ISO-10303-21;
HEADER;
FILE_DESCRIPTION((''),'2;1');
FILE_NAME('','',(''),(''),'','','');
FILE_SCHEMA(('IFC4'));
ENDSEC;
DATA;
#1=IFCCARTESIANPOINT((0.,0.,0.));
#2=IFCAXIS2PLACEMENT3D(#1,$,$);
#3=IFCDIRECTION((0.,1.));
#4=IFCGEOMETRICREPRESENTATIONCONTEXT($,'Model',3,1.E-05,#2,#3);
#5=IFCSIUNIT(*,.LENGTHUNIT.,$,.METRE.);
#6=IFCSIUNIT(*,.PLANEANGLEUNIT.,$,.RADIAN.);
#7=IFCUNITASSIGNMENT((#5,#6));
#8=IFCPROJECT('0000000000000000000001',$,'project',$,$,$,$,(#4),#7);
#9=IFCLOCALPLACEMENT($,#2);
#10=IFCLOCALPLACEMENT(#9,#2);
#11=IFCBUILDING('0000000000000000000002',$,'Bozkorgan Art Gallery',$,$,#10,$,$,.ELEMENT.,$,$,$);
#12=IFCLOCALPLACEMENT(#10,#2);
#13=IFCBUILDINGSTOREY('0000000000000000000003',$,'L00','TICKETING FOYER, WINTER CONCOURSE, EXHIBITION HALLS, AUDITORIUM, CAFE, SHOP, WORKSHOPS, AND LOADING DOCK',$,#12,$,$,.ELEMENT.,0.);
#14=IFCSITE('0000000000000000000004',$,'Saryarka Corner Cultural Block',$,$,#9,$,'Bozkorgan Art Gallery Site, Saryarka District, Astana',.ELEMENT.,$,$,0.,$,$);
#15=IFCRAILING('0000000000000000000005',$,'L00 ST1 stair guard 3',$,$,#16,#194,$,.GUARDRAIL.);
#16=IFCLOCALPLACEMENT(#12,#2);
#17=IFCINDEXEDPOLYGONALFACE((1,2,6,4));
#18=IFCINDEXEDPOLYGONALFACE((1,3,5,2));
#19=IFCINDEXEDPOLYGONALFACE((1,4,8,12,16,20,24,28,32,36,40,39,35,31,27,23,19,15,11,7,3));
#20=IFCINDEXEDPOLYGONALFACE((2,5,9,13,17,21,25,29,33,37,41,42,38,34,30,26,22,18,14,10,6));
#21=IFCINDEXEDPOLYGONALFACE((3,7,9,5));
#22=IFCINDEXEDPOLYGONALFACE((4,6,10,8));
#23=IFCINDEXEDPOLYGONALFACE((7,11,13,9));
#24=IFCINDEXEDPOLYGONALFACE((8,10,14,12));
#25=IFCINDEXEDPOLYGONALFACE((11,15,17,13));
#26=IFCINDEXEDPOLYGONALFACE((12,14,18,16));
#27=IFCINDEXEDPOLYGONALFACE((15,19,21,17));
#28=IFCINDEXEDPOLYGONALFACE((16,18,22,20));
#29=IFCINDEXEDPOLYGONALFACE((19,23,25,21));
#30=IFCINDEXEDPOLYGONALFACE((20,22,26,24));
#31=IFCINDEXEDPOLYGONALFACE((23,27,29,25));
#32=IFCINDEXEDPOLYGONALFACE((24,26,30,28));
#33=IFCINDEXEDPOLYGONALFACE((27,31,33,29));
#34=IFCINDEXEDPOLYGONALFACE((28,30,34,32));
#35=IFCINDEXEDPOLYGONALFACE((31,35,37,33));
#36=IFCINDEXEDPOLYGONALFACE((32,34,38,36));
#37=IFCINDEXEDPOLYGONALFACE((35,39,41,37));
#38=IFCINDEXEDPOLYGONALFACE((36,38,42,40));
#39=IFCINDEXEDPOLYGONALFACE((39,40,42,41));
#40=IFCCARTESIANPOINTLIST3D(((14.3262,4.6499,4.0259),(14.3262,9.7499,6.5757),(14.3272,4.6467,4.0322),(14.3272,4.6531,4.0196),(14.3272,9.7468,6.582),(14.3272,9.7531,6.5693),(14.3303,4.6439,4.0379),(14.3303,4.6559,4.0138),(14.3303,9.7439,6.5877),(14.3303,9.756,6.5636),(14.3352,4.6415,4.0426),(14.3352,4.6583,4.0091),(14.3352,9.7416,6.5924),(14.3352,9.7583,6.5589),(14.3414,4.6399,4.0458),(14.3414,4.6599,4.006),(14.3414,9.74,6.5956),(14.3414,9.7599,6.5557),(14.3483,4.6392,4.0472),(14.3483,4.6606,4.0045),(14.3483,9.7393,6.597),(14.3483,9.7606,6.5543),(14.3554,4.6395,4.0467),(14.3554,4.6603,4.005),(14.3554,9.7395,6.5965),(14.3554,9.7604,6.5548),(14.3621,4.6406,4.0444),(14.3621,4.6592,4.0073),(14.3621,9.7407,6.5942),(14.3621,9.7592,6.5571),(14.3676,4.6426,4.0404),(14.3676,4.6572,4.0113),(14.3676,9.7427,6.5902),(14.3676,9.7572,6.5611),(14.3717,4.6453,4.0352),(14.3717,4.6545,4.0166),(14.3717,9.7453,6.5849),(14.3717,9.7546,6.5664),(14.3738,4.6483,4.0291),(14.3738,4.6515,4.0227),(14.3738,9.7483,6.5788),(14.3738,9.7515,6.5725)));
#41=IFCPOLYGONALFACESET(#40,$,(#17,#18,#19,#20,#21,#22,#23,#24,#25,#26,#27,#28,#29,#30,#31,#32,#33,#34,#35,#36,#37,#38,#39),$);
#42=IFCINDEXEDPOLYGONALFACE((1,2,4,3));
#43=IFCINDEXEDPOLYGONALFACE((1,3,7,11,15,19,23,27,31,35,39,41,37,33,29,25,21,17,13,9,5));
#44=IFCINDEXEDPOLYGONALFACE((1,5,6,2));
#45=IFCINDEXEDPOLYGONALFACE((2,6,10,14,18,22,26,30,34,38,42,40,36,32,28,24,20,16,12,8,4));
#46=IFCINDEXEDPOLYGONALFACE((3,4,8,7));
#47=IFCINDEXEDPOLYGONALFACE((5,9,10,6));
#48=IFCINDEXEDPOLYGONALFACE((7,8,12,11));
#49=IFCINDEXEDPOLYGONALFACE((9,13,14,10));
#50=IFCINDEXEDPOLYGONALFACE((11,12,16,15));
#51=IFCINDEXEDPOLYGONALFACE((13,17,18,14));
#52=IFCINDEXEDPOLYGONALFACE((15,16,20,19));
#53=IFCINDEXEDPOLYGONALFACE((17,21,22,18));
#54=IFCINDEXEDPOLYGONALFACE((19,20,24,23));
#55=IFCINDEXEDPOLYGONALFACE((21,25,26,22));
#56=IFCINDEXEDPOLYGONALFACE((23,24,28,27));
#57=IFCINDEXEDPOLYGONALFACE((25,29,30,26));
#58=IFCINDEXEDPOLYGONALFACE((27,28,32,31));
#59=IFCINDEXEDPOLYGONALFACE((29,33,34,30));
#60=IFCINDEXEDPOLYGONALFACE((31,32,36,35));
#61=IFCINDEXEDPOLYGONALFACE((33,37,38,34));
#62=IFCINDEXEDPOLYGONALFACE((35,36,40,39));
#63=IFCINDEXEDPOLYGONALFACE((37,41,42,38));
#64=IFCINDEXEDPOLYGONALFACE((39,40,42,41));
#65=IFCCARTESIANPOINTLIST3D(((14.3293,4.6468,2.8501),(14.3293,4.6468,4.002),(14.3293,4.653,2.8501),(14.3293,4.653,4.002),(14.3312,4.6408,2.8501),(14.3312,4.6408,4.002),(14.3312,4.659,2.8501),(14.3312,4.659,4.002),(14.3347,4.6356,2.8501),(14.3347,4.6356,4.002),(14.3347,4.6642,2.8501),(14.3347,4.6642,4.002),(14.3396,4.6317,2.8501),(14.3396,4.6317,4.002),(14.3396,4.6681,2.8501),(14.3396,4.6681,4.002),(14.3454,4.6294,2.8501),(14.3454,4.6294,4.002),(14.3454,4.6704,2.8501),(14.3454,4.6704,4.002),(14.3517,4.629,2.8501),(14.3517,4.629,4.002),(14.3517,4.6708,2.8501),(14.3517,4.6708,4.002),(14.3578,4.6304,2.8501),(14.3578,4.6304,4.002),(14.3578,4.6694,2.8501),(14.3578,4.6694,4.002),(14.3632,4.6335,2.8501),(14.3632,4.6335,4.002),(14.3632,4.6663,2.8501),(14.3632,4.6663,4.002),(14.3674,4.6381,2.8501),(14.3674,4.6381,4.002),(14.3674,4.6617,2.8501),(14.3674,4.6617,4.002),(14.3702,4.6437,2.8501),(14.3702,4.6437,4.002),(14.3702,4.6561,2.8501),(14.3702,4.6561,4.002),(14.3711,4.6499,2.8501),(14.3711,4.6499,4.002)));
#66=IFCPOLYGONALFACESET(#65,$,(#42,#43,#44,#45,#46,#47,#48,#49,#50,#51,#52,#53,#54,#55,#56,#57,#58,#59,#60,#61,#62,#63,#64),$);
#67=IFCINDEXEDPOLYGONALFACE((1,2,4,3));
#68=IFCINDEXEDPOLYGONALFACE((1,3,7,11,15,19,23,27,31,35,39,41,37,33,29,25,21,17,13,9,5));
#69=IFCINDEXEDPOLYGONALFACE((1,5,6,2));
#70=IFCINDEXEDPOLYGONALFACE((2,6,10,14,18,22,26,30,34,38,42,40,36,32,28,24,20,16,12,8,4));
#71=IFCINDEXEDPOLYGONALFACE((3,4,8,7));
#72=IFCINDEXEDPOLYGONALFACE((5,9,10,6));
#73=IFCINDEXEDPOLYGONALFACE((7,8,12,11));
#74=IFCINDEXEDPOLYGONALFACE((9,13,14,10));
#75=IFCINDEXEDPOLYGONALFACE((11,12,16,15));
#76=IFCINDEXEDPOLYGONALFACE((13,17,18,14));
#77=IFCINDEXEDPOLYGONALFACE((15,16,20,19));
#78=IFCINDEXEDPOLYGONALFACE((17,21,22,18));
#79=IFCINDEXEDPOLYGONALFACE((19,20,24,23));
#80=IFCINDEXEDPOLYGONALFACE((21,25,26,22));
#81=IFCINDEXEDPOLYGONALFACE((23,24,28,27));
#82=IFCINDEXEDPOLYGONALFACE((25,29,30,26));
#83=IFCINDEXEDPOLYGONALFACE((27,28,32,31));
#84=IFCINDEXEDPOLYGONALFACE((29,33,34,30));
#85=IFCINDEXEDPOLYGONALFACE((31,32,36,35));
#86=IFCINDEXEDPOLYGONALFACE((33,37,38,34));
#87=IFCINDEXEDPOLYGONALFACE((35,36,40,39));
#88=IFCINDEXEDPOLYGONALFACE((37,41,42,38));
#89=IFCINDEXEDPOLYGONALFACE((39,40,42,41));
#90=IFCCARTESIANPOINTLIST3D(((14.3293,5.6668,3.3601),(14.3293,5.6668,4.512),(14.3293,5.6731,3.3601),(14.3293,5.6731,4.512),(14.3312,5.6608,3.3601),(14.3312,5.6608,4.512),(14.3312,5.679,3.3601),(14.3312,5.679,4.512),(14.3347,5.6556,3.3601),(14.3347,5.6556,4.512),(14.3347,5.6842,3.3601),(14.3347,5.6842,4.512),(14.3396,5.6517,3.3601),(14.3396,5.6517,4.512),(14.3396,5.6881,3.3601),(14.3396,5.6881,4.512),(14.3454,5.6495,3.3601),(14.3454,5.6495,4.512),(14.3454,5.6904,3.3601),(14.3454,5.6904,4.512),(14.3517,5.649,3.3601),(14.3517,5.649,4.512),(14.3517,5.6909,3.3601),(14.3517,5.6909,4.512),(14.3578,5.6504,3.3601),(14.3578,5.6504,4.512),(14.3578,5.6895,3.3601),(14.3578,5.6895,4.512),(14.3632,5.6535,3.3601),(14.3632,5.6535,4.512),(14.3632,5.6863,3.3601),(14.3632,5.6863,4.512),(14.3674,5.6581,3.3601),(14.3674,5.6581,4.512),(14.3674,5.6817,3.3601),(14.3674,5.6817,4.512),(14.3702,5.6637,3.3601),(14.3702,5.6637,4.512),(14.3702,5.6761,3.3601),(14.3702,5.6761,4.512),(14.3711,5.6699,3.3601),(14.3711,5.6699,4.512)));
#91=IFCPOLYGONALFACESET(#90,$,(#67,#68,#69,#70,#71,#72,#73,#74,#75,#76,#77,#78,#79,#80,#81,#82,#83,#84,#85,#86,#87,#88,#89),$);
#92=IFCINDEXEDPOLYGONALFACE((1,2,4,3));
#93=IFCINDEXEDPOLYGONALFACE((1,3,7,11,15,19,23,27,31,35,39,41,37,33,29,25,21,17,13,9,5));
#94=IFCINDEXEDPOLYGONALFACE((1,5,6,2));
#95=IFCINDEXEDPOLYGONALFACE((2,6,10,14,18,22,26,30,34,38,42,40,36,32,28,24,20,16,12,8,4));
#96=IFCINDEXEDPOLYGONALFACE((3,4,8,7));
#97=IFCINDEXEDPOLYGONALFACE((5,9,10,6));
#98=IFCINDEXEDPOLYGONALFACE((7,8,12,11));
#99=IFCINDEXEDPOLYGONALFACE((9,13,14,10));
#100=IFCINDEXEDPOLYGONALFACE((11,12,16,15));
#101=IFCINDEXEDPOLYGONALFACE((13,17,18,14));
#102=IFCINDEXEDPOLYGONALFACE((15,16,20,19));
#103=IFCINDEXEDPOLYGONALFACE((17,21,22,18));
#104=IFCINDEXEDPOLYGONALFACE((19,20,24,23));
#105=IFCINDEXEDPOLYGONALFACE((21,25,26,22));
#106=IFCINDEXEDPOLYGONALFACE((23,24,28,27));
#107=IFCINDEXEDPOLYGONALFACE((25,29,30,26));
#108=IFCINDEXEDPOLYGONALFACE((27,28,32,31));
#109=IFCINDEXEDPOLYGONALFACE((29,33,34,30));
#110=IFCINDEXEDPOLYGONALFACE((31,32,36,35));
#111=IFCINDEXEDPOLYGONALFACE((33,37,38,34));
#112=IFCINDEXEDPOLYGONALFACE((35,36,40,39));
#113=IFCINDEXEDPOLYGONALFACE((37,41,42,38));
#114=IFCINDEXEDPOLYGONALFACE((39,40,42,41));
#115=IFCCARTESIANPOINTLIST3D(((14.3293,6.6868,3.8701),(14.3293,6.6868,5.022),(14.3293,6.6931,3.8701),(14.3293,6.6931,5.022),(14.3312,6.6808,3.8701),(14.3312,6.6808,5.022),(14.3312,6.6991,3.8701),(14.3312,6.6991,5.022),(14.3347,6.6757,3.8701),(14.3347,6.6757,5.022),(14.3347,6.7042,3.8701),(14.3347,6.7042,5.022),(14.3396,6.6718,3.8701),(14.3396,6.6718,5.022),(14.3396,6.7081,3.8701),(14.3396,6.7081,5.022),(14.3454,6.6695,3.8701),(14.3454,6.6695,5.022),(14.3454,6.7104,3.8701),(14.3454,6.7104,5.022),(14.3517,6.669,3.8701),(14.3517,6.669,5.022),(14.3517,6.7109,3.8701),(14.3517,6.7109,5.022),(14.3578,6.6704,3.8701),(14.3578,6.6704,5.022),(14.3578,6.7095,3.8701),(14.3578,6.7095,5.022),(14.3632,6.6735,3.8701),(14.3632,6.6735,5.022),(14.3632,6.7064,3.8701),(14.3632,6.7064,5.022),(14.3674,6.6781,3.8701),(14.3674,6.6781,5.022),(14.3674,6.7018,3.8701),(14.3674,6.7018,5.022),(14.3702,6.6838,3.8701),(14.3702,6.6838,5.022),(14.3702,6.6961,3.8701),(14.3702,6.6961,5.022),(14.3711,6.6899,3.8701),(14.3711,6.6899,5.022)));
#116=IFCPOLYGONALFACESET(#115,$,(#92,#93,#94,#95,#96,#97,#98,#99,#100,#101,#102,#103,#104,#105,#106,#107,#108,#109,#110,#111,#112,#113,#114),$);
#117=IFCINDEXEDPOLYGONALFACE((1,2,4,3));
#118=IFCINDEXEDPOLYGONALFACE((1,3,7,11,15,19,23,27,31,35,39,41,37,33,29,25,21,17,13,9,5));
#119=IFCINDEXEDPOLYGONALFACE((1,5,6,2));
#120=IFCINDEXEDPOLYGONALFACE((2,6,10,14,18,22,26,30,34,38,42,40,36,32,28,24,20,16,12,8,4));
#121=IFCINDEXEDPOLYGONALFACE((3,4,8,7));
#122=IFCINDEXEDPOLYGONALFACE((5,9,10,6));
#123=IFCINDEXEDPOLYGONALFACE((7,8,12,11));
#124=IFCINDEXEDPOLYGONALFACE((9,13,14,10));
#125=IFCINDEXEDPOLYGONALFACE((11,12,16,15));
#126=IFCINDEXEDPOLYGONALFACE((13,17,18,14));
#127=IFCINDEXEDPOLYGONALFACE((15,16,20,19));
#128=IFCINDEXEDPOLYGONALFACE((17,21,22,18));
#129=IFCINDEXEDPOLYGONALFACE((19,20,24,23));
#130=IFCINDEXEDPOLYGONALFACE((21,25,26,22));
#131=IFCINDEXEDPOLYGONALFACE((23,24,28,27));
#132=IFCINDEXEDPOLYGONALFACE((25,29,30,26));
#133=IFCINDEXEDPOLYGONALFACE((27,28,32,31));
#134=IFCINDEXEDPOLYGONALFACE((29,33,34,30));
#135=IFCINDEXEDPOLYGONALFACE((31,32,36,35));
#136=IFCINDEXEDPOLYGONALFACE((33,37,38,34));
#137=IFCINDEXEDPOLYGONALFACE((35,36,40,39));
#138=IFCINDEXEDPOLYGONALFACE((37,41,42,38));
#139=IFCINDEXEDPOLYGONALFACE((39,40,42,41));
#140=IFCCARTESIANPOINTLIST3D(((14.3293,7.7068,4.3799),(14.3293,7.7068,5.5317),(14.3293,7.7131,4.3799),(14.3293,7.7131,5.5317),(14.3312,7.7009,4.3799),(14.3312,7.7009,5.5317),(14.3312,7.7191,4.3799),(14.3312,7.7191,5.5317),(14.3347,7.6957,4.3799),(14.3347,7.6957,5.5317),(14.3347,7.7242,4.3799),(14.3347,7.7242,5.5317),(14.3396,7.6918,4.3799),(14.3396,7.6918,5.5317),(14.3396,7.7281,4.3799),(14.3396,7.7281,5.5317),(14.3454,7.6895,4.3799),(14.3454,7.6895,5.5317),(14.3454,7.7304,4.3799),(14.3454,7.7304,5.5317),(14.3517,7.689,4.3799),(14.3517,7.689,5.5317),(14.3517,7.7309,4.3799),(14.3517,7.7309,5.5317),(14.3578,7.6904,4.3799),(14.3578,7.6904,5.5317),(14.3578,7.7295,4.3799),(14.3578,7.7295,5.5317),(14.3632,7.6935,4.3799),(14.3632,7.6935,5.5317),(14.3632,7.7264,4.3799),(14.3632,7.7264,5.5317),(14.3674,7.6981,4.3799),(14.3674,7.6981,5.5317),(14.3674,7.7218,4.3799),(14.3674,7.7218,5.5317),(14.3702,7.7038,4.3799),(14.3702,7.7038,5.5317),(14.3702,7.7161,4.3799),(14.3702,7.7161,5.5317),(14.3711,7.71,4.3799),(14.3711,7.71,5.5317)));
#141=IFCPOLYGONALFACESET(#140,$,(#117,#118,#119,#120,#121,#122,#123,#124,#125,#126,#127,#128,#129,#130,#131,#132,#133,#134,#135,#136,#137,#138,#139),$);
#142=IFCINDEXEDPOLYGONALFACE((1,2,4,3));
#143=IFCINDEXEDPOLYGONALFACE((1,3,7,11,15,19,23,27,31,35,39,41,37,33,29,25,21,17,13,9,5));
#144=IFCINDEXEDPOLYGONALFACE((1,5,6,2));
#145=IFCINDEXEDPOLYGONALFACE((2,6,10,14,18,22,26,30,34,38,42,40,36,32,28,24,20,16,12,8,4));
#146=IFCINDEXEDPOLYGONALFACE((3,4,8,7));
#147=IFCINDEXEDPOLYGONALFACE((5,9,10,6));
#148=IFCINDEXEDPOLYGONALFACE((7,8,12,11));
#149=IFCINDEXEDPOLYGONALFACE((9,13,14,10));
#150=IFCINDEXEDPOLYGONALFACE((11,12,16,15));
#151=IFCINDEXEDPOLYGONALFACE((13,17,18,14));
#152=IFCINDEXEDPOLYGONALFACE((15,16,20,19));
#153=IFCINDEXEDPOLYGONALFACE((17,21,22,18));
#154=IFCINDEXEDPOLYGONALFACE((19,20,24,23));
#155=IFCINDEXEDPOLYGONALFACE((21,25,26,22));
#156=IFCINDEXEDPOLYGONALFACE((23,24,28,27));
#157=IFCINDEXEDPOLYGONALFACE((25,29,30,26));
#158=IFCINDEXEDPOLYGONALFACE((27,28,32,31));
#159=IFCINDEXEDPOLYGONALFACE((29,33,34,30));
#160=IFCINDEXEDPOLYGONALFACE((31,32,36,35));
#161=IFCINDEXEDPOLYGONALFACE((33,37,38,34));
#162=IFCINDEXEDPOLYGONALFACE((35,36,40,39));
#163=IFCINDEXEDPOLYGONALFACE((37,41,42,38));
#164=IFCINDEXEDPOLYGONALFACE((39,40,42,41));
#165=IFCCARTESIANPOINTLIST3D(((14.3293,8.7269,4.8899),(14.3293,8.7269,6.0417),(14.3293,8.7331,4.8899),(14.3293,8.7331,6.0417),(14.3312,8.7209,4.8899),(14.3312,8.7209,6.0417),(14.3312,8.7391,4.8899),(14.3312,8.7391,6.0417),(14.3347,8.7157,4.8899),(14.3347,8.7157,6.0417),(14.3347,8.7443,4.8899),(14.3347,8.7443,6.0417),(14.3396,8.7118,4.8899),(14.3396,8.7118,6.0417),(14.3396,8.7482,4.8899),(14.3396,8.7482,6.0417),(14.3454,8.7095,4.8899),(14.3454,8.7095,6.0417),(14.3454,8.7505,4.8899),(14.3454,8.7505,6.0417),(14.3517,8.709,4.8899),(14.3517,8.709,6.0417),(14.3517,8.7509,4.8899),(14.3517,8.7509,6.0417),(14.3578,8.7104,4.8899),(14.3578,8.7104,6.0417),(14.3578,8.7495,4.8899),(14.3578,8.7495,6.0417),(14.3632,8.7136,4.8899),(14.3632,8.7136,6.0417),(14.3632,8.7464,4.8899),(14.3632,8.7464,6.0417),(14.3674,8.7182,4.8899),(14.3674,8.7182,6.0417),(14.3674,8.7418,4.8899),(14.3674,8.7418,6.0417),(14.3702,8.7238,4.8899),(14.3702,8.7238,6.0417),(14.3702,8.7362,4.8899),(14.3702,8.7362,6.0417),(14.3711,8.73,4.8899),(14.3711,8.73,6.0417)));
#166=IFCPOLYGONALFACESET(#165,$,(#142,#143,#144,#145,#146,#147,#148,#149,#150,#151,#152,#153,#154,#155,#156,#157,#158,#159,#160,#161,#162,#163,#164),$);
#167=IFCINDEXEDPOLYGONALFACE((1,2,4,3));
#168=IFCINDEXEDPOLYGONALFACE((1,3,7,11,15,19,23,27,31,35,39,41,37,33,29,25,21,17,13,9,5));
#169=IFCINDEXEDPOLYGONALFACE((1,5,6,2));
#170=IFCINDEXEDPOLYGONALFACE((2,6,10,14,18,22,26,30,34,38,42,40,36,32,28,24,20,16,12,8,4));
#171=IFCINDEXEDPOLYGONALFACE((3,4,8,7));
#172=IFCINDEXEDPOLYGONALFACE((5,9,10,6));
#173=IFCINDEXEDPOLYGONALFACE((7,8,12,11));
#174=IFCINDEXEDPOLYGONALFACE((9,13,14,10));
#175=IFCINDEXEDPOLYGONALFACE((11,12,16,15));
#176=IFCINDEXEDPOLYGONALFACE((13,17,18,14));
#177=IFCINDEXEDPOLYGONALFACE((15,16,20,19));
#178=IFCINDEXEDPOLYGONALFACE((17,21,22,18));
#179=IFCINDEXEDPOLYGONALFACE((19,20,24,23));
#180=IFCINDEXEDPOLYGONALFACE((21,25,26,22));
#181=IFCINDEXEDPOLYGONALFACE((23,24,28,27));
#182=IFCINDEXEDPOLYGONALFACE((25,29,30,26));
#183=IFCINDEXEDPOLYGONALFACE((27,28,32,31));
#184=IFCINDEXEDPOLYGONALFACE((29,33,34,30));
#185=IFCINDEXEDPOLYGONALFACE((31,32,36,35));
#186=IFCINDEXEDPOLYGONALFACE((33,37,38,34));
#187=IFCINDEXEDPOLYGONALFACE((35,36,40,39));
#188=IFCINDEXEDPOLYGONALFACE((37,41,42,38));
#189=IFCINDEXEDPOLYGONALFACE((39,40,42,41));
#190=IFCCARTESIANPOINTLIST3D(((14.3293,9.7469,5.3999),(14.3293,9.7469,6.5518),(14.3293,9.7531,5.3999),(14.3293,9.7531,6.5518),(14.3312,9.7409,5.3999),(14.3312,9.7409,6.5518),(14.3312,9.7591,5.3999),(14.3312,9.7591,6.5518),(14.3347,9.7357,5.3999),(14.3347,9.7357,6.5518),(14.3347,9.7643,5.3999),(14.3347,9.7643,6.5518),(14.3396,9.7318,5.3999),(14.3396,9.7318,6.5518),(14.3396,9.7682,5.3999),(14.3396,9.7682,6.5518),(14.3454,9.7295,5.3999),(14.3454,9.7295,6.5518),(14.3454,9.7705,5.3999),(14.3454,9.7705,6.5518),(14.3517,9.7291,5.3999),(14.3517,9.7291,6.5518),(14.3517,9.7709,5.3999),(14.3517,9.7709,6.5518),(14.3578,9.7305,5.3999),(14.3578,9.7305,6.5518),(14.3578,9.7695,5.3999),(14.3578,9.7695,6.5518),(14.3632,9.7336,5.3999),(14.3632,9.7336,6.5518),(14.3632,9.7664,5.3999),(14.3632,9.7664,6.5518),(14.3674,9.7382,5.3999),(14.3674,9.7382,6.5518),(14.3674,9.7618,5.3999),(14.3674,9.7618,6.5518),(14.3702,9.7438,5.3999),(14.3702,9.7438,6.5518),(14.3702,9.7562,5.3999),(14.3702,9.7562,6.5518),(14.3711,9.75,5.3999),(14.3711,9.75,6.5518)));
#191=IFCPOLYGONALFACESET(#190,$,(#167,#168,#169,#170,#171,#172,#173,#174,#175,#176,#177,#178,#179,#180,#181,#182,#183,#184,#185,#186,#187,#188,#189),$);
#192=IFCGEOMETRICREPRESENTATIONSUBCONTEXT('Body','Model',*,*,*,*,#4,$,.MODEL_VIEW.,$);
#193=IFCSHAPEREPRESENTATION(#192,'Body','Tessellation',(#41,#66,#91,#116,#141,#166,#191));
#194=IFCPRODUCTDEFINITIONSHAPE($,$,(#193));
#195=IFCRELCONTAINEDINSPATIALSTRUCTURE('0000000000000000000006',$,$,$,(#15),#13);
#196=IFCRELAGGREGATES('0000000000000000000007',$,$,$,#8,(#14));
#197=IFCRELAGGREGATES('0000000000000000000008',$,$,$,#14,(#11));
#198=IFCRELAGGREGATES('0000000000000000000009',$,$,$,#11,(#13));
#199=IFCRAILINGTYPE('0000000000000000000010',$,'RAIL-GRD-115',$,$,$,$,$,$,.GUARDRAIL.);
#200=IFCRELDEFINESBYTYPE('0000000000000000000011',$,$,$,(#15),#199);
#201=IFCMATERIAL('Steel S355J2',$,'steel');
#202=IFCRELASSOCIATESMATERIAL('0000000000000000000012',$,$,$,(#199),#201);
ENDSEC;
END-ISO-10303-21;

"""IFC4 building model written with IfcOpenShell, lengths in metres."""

from ifc_helpers import new_model, si_unit, direction, frame, origin, origin_2d, place, context, subcontext, project, spatial, circle, extrude, material, type_object, element, save


model = new_model("IFC4")

# Units and contexts
model_context = context("Model", 3, precision=1e-05, world=origin(), true_north=direction((0.0, 1.0)))
body_context = subcontext(model_context, "Body", "Model", "MODEL_VIEW")
ifc_project = project(units=[si_unit("LENGTHUNIT", "METRE"), si_unit("PLANEANGLEUNIT", "RADIAN")], contexts=[model_context])

# Site, building, storey
site_placement = place(None, origin())
site = spatial("IfcSite", under=ifc_project, at=site_placement, Name="Saryarka Corner Cultural Block", LongName="Bozkorgan Art Gallery Site, Saryarka District, Astana", CompositionType="ELEMENT", RefElevation=0.0)
building_placement = place(site_placement, origin())
building = spatial("IfcBuilding", under=site, at=building_placement, Name="Bozkorgan Art Gallery", CompositionType="ELEMENT")
storey_placement = place(building_placement, origin())
storey = spatial("IfcBuildingStorey", under=building, at=storey_placement, Name="L00", Description="TICKETING FOYER, WINTER CONCOURSE, EXHIBITION HALLS, AUDITORIUM, CAFE, SHOP, WORKSHOPS, AND LOADING DOCK", CompositionType="ELEMENT", Elevation=0.0)

# Shared definitions
ifc_material_1 = material(Name="Steel S355J2", Category="steel")

# Railing
railing_type_1 = type_object("IfcRailingType", Name="RAIL-GRD-115", PredefinedType="GUARDRAIL", material=ifc_material_1)
railing_1_placement = place(storey_placement, frame((14.3501, 4.6499, 2.8501)))
element("IfcRailing", 1, at=railing_1_placement, inside=storey, type_object=railing_type_1, Name="L00 ST1 stair guard 3", PredefinedType="GUARDRAIL", context=body_context, shape_type="SweptSolid", body=[
    extrude(circle(Radius=0.0239, at=origin_2d()), frame((0.0, 0.0, 1.1758), z_axis=(0.0, 0.894444, 0.447179), x_axis=(-1.0, 0.0, 0.0)), (0.0, 0.0, 1.0), 5.7019),
    extrude(circle(Radius=0.021, at=origin_2d()), origin(), (0.0, 0.0, 1.0), 1.1519),
    extrude(circle(Radius=0.021, at=origin_2d()), frame((0.0, 1.02, 0.51)), (0.0, 0.0, 1.0), 1.1519),
    extrude(circle(Radius=0.021, at=origin_2d()), frame((0.0, 2.04, 1.02)), (0.0, 0.0, 1.0), 1.1519),
    extrude(circle(Radius=0.021, at=origin_2d()), frame((0.0, 3.0601, 1.5298)), (0.0, 0.0, 1.0), 1.1519),
    extrude(circle(Radius=0.021, at=origin_2d()), frame((0.0, 4.0801, 2.0398)), (0.0, 0.0, 1.0), 1.1519),
    extrude(circle(Radius=0.021, at=origin_2d()), frame((0.0, 5.1001, 2.5498)), (0.0, 0.0, 1.0), 1.1519),
])

save(model, "model.ifc")
